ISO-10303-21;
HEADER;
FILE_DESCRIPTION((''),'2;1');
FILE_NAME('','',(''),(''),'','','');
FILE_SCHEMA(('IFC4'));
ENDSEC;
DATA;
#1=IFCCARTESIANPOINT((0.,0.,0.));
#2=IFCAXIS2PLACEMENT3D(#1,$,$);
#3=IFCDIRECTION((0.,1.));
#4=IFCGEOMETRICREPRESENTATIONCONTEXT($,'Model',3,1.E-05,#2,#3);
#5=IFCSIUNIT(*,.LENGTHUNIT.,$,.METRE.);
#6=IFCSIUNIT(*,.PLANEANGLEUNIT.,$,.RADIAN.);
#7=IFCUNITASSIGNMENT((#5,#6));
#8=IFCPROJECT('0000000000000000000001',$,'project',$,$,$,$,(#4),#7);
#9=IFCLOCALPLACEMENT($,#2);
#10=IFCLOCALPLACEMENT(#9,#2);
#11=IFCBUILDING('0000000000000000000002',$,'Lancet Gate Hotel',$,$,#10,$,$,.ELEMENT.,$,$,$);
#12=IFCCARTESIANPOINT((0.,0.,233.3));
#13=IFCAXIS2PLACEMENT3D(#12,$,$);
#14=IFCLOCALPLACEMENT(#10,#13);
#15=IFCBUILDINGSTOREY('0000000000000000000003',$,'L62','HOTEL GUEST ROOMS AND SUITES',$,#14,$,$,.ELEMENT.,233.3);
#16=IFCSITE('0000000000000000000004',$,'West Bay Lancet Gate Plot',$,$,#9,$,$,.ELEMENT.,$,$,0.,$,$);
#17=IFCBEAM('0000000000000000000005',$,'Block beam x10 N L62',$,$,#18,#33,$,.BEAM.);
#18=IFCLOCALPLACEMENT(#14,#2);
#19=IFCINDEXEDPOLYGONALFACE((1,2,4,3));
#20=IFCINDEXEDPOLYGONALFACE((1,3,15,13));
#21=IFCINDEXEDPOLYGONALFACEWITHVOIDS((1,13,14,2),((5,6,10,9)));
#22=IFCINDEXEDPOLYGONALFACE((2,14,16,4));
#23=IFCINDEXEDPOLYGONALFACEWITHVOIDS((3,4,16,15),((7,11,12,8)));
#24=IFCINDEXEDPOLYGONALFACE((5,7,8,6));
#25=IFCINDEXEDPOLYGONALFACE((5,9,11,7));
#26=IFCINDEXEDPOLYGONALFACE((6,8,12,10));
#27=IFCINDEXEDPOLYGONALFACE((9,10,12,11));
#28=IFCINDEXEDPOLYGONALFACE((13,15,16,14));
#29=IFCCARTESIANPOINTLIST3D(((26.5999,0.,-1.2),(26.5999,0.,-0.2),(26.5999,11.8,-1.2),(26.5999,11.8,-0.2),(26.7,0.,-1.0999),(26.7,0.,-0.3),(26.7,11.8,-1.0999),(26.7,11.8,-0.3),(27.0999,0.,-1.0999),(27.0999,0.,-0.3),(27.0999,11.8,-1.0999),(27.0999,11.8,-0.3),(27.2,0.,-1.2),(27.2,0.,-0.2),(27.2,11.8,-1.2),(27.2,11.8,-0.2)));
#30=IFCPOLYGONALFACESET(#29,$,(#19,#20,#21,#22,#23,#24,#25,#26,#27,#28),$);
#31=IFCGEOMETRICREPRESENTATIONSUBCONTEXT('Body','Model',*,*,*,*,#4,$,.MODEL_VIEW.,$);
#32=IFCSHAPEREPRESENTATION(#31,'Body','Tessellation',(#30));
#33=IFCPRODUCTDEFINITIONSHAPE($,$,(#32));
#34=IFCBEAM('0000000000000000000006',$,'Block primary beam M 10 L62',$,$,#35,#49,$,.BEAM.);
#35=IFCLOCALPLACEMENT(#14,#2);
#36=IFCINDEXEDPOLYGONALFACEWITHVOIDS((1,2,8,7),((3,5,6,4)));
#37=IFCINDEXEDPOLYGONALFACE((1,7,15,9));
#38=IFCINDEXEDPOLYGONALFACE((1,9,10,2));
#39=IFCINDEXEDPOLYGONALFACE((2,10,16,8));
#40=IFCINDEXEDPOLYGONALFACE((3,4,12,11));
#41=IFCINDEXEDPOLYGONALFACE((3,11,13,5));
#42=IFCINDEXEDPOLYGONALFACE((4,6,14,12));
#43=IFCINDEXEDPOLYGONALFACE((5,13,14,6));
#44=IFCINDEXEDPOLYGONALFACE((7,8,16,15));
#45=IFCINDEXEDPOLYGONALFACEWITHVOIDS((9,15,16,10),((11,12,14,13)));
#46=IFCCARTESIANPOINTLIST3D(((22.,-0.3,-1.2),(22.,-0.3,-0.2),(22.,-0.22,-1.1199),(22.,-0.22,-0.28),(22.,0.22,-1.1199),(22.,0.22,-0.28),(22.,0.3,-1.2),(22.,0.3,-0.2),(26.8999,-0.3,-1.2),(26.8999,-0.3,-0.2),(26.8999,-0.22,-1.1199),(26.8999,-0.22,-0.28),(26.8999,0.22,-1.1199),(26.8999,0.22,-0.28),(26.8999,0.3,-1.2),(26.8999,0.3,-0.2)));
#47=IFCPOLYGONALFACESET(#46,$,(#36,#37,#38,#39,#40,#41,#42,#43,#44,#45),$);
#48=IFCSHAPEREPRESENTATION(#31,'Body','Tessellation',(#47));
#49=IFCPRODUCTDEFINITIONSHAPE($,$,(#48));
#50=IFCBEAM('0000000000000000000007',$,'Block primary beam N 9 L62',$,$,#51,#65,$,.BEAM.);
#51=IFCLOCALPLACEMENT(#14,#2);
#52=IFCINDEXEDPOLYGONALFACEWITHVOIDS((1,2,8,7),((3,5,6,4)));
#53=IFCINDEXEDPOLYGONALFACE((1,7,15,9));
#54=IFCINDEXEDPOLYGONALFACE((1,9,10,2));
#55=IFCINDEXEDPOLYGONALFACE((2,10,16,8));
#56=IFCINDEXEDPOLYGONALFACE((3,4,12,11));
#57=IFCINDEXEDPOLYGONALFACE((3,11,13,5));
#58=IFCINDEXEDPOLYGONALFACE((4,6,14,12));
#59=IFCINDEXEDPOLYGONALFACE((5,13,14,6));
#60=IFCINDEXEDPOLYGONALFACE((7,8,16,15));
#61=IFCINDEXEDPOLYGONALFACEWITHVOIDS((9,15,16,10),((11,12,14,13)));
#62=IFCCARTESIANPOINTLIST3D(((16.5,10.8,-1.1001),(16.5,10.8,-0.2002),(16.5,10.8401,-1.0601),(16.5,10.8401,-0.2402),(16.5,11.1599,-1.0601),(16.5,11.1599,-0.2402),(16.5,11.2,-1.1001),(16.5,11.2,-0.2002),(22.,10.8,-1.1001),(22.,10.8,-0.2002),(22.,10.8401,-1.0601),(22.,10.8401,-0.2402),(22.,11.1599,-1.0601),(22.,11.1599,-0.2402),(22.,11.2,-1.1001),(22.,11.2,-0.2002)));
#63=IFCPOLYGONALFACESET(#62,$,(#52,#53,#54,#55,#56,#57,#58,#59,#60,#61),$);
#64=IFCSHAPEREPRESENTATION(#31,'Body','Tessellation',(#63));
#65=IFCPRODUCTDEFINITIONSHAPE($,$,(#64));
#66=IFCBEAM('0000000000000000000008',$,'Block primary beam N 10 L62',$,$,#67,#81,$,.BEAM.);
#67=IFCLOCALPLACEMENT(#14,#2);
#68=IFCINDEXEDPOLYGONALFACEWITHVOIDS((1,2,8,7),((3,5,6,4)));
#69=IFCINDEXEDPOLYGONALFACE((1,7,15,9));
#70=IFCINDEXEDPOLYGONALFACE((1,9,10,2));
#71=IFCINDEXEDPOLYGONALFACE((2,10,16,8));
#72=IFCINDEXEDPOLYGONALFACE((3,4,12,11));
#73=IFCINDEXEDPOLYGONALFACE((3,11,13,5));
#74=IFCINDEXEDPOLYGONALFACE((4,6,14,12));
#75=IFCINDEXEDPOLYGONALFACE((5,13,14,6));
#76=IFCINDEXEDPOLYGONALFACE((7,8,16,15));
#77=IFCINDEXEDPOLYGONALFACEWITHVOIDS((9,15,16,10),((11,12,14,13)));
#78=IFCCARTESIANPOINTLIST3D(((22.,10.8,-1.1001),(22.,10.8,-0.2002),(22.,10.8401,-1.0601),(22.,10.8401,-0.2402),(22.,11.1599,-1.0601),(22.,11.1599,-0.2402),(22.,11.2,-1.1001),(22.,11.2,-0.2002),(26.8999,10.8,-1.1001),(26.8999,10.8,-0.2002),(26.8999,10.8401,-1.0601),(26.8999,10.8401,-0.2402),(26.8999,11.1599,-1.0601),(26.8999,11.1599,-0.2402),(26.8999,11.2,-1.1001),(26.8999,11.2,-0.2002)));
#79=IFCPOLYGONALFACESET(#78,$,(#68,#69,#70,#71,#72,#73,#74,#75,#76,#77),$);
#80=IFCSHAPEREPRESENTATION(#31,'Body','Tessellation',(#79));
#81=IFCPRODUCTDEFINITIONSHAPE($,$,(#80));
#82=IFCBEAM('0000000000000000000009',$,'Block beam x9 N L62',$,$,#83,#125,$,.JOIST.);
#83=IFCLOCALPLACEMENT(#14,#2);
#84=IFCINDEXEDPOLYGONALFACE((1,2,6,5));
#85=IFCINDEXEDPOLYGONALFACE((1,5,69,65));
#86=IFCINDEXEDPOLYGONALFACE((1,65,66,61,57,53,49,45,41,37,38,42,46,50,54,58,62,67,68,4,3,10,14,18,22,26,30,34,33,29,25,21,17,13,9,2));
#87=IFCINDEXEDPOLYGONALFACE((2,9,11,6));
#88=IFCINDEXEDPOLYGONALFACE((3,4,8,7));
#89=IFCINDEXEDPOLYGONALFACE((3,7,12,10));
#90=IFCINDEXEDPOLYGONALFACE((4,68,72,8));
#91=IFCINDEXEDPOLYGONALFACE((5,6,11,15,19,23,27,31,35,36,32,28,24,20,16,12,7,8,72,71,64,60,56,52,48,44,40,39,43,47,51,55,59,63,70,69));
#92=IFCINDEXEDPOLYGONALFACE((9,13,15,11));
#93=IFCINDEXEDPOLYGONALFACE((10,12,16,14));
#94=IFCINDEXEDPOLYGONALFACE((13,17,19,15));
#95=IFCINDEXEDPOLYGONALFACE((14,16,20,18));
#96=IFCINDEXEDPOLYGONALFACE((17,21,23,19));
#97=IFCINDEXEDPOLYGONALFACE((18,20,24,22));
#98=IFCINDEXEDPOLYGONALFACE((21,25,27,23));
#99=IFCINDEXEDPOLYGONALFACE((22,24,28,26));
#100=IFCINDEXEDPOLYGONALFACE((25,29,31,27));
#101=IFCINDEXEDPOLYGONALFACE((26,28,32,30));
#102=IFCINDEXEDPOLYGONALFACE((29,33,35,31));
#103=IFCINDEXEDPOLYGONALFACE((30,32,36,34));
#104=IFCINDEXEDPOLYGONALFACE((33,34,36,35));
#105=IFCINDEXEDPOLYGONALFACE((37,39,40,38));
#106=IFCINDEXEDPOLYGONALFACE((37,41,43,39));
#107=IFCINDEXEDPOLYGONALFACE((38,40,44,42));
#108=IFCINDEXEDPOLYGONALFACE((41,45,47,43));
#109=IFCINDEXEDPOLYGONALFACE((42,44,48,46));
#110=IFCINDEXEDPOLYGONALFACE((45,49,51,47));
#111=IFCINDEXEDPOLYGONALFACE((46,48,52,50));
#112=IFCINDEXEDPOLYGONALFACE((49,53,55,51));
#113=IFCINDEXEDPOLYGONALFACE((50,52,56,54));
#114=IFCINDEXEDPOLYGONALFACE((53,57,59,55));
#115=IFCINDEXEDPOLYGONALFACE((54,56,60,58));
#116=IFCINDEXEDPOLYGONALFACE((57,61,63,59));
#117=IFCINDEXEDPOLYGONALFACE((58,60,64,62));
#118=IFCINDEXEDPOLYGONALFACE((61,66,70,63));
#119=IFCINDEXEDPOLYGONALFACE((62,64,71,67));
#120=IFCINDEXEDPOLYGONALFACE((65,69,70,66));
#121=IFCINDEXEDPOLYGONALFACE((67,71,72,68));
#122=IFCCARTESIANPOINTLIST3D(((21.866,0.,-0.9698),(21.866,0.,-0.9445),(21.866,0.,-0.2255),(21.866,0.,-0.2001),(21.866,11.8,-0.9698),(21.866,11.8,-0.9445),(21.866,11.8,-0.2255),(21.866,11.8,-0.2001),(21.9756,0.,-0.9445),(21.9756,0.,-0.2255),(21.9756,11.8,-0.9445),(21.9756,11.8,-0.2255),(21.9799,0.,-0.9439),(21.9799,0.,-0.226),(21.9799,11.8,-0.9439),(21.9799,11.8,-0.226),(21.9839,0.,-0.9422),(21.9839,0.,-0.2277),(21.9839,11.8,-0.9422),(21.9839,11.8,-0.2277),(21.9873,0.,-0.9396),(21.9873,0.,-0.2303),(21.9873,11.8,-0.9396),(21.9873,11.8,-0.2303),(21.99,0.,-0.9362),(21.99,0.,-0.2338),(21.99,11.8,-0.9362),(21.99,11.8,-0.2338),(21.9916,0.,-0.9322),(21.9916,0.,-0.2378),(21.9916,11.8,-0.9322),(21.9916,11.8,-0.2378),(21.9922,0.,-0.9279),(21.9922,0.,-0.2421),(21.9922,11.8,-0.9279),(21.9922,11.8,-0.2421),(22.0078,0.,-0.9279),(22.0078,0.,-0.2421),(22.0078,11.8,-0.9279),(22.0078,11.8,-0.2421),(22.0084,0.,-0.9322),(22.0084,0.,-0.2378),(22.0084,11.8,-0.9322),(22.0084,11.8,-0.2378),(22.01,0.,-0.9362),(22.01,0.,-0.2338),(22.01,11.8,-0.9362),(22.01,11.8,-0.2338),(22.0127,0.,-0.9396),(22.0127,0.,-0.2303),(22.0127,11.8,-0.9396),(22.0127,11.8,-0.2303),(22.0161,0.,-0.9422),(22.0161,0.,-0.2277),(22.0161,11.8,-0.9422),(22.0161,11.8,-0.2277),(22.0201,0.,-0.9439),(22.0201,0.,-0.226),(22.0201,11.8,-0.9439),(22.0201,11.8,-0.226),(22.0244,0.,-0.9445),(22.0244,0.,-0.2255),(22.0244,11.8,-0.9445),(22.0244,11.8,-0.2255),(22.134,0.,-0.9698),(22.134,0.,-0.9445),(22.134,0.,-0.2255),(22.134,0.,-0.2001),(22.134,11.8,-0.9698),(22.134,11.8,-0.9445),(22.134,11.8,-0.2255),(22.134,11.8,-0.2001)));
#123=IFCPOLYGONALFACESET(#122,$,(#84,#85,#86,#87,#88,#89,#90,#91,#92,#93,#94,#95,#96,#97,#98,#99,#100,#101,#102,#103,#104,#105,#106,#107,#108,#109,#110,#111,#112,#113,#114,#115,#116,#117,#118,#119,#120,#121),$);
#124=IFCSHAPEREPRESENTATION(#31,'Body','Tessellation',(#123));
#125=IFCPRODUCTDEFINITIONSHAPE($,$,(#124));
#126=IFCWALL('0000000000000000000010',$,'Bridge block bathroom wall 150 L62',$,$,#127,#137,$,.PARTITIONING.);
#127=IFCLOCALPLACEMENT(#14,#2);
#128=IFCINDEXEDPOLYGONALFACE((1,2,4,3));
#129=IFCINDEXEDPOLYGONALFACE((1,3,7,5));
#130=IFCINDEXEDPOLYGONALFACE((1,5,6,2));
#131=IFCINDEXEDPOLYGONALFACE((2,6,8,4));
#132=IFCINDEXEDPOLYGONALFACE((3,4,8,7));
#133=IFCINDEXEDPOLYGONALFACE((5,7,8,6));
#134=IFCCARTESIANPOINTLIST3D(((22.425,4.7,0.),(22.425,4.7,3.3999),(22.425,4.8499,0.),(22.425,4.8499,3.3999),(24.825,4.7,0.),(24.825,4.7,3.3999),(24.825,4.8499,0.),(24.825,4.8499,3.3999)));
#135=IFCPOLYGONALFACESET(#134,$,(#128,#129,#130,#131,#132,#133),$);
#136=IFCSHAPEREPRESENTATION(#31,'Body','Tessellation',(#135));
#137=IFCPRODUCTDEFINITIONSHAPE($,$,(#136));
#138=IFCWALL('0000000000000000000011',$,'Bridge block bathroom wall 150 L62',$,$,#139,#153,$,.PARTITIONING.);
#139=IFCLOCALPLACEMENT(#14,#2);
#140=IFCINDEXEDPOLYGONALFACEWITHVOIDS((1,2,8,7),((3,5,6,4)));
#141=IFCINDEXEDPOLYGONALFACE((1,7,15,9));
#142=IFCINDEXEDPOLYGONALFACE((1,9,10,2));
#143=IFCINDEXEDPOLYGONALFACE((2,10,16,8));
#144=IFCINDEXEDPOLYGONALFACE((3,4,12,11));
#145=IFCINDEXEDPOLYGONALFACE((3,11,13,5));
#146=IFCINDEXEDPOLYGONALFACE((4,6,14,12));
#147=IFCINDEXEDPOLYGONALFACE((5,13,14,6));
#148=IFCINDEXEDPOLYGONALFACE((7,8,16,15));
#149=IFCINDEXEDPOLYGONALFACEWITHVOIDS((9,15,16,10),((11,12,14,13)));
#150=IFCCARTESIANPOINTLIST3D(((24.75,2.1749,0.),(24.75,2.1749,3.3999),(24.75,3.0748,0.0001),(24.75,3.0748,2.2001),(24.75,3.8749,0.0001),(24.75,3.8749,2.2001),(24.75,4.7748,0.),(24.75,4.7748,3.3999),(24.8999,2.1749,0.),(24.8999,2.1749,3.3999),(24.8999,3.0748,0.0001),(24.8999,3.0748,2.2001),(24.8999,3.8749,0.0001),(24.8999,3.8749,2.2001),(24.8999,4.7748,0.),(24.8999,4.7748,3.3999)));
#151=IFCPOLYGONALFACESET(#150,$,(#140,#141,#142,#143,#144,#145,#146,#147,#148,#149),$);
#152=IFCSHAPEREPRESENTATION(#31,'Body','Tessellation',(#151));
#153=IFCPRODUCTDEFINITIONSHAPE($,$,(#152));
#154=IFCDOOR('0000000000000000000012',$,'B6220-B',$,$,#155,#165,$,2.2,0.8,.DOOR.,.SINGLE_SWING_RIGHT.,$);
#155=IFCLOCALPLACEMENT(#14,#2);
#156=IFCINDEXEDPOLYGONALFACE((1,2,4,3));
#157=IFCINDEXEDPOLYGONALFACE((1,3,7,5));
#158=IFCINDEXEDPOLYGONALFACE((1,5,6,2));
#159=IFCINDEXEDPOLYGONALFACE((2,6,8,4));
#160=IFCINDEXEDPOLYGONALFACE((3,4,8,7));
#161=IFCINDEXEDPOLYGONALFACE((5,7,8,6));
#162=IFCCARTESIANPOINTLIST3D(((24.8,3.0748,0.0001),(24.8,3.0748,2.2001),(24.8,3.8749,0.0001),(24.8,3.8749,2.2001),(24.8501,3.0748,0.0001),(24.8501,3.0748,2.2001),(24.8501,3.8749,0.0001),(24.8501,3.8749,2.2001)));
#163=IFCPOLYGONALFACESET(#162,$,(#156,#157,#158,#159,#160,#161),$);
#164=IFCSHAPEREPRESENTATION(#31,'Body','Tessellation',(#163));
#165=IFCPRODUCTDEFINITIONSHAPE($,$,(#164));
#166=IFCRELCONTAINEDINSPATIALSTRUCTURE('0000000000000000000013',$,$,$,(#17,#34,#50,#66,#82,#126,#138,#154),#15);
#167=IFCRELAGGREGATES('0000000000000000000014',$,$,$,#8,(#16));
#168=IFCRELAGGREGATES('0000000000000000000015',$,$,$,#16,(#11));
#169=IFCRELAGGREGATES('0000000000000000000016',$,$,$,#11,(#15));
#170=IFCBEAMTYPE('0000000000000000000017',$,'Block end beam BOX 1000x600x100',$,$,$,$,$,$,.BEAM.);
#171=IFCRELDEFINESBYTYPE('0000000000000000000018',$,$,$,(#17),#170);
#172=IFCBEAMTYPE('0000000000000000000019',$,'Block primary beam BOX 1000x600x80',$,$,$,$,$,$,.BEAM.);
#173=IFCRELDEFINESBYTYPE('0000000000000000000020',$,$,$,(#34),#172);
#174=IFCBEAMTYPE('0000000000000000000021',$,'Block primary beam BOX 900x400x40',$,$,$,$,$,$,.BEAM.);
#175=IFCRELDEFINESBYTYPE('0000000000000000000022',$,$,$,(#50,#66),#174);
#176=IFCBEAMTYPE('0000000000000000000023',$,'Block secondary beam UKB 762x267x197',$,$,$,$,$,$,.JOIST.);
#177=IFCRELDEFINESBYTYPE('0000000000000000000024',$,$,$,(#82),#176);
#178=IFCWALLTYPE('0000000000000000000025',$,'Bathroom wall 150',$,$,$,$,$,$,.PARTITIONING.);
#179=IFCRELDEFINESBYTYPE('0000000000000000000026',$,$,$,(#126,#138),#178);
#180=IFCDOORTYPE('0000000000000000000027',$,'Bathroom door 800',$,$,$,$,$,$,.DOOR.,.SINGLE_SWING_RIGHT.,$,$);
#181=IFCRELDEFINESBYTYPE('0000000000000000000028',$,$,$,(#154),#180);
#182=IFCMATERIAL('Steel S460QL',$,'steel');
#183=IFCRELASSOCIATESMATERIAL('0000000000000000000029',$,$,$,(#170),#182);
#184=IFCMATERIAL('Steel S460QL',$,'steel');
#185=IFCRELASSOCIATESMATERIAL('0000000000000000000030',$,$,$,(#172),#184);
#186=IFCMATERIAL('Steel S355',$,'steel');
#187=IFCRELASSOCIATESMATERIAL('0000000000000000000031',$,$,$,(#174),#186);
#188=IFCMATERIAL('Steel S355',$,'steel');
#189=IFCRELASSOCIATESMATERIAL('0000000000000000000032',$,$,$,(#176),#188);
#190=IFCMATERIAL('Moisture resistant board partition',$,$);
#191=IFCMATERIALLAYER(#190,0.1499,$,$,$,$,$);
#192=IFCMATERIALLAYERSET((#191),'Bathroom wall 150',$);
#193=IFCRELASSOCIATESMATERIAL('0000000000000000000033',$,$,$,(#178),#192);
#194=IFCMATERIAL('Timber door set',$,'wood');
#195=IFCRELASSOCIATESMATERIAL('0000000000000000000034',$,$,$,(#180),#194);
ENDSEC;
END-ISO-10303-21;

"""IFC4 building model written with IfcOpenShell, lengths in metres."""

from ifc_helpers import new_model, si_unit, direction, frame, frame_2d, origin, origin_2d, place, context, subcontext, project, spatial, rectangle, hollow_rectangle, i_section, extrude, material, layer, layer_set, material_profile, profile_set, type_object, element, fill, save


model = new_model("IFC4")

# Units and contexts
model_context = context("Model", 3, precision=1e-05, world=origin(), true_north=direction((0.0, 1.0)))
body_context = subcontext(model_context, "Body", "Model", "MODEL_VIEW")
ifc_project = project(units=[si_unit("LENGTHUNIT", "METRE"), si_unit("PLANEANGLEUNIT", "RADIAN")], contexts=[model_context])

# Site, building, storey
site_placement = place(None, origin())
site = spatial("IfcSite", under=ifc_project, at=site_placement, Name="West Bay Lancet Gate Plot", CompositionType="ELEMENT", RefElevation=0.0)
building_placement = place(site_placement, origin())
building = spatial("IfcBuilding", under=site, at=building_placement, Name="Lancet Gate Hotel", CompositionType="ELEMENT")
storey_placement = place(building_placement, frame((0.0, 0.0, 233.3)))
storey = spatial("IfcBuildingStorey", under=building, at=storey_placement, Name="L62", Description="HOTEL GUEST ROOMS AND SUITES", CompositionType="ELEMENT", Elevation=233.3)

# Beams
ifc_material_1 = material(Name="Steel S460QL", Category="steel")
ifc_material_profile_1 = material_profile(ifc_material_1, hollow_rectangle(XDim=0.6001, YDim=1.0, WallThickness=0.1001, at=origin_2d()), Name="BOX 1000x600x100")
ifc_profile_set_1 = profile_set([ifc_material_profile_1], Name="Steel S460QL")
beam_type_1 = type_object("IfcBeamType", Name="Block end beam BOX 1000x600x100", PredefinedType="BEAM", material=ifc_profile_set_1)
beam_1_placement = place(storey_placement, frame((26.8999, 0.0, -0.7), z_axis=(0.0, 1.0, 0.0), x_axis=(-1.0, 0.0, 0.0)))
element("IfcBeam", 1, at=beam_1_placement, inside=storey, type_object=beam_type_1, Name="Block beam x10 N L62", PredefinedType="BEAM", context=body_context, shape_type="SweptSolid", body=[
    extrude(hollow_rectangle(XDim=0.6001, YDim=1.0, WallThickness=0.1001, at=origin_2d()), origin(), (0.0, 0.0, 1.0), 11.8),
])
ifc_material_2 = material(Name="Steel S460QL", Category="steel")
ifc_material_profile_2 = material_profile(ifc_material_2, hollow_rectangle(XDim=0.6001, YDim=1.0, WallThickness=0.0801, at=origin_2d()), Name="BOX 1000x600x80")
ifc_profile_set_2 = profile_set([ifc_material_profile_2], Name="Steel S460QL")
beam_type_2 = type_object("IfcBeamType", Name="Block primary beam BOX 1000x600x80", PredefinedType="BEAM", material=ifc_profile_set_2)
beam_2_placement = place(storey_placement, frame((22.0, 0.0, -0.7), z_axis=(1.0, 0.0, 0.0), x_axis=(0.0, 1.0, 0.0)))
element("IfcBeam", 2, at=beam_2_placement, inside=storey, type_object=beam_type_2, Name="Block primary beam M 10 L62", PredefinedType="BEAM", context=body_context, shape_type="SweptSolid", body=[
    extrude(hollow_rectangle(XDim=0.6001, YDim=1.0, WallThickness=0.0801, at=origin_2d()), origin(), (0.0, 0.0, 1.0), 4.8999),
])
ifc_material_3 = material(Name="Steel S355", Category="steel")
ifc_material_profile_3 = material_profile(ifc_material_3, hollow_rectangle(XDim=0.3999, YDim=0.8999, WallThickness=0.04, at=origin_2d()), Name="BOX 900x400x40")
ifc_profile_set_3 = profile_set([ifc_material_profile_3], Name="Steel S355")
beam_type_3 = type_object("IfcBeamType", Name="Block primary beam BOX 900x400x40", PredefinedType="BEAM", material=ifc_profile_set_3)
beam_3_placement = place(storey_placement, frame((16.5, 11.0, -0.6501), z_axis=(1.0, 0.0, 0.0), x_axis=(0.0, 1.0, 0.0)))
element("IfcBeam", 3, at=beam_3_placement, inside=storey, type_object=beam_type_3, Name="Block primary beam N 9 L62", PredefinedType="BEAM", context=body_context, shape_type="SweptSolid", body=[
    extrude(hollow_rectangle(XDim=0.3999, YDim=0.8999, WallThickness=0.04, at=origin_2d()), origin(), (0.0, 0.0, 1.0), 5.5),
])
beam_4_placement = place(storey_placement, frame((22.0, 11.0, -0.6501), z_axis=(1.0, 0.0, 0.0), x_axis=(0.0, 1.0, 0.0)))
element("IfcBeam", 4, at=beam_4_placement, inside=storey, type_object=beam_type_3, Name="Block primary beam N 10 L62", PredefinedType="BEAM", context=body_context, shape_type="SweptSolid", body=[
    extrude(hollow_rectangle(XDim=0.3999, YDim=0.8999, WallThickness=0.04, at=origin_2d()), origin(), (0.0, 0.0, 1.0), 4.8999),
])
ifc_material_4 = material(Name="Steel S355", Category="steel")
ifc_material_profile_4 = material_profile(ifc_material_4, i_section(OverallWidth=0.2681, OverallDepth=0.7698, WebThickness=0.0156, FlangeThickness=0.0254, FilletRadius=0.0166, at=origin_2d()), Name="UKB 762x267x197")
ifc_profile_set_4 = profile_set([ifc_material_profile_4], Name="Steel S355")
beam_type_4 = type_object("IfcBeamType", Name="Block secondary beam UKB 762x267x197", PredefinedType="JOIST", material=ifc_profile_set_4)
beam_5_placement = place(storey_placement, frame((22.0, 0.0, -0.585), z_axis=(0.0, 1.0, 0.0), x_axis=(-1.0, 0.0, 0.0)))
element("IfcBeam", 5, at=beam_5_placement, inside=storey, type_object=beam_type_4, Name="Block beam x9 N L62", PredefinedType="JOIST", context=body_context, shape_type="SweptSolid", body=[
    extrude(i_section(OverallWidth=0.2681, OverallDepth=0.7698, WebThickness=0.0156, FlangeThickness=0.0254, FilletRadius=0.0166, at=origin_2d()), origin(), (0.0, 0.0, 1.0), 11.8),
])

# Wall
ifc_material_5 = material(Name="Moisture resistant board partition")
ifc_layer_1 = layer(ifc_material_5, 0.1499)
ifc_layer_set_1 = layer_set([ifc_layer_1], Name="Bathroom wall 150")
wall_type_1 = type_object("IfcWallType", Name="Bathroom wall 150", PredefinedType="PARTITIONING", material=ifc_layer_set_1)
wall_1_placement = place(storey_placement, frame((22.425, 4.7749, 0.0), z_axis=(0.0, 0.0, 1.0), x_axis=(1.0, 0.0, 0.0)))
element("IfcWall", 6, at=wall_1_placement, inside=storey, type_object=wall_type_1, Name="Bridge block bathroom wall 150 L62", PredefinedType="PARTITIONING", context=body_context, shape_type="SweptSolid", body=[
    extrude(rectangle(XDim=2.3999, YDim=0.1499, at=frame_2d((1.2, 0.0))), origin(), (0.0, 0.0, 1.0), 3.3999),
])

# Wall, opening, door
wall_2_placement = place(storey_placement, frame((24.825, 2.175, 0.0), z_axis=(0.0, 0.0, 1.0), x_axis=(0.0, 1.0, 0.0)))
wall_2 = element("IfcWall", 7, at=wall_2_placement, inside=storey, type_object=wall_type_1, Name="Bridge block bathroom wall 150 L62", PredefinedType="PARTITIONING", context=body_context, shape_type="SweptSolid", body=[
    extrude(rectangle(XDim=2.5999, YDim=0.1499, at=frame_2d((1.2998, 0.0))), origin(), (0.0, 0.0, 1.0), 3.3999),
])
opening_1_placement = place(wall_2_placement, frame((0.8999, 0.0, 0.0)))
opening_1 = element("IfcOpeningElement", 8, at=opening_1_placement, cuts=wall_2, PredefinedType="OPENING", context=body_context, shape_type="SweptSolid", body=[
    extrude(rectangle(XDim=0.8, YDim=2.2, at=frame_2d((0.3999, 1.1001))), frame((0.0, 0.085, 0.0), z_axis=(0.0, -1.0, 0.0), x_axis=(1.0, 0.0, 0.0)), (0.0, 0.0, 1.0), 0.1699),
])
ifc_material_6 = material(Name="Timber door set", Category="wood")
door_type_1 = type_object("IfcDoorType", Name="Bathroom door 800", OperationType="SINGLE_SWING_RIGHT", PredefinedType="DOOR", material=ifc_material_6)
door_1_placement = place(opening_1_placement, origin())
door_1 = element("IfcDoor", 9, at=door_1_placement, inside=storey, type_object=door_type_1, Name="B6220-B", OperationType="SINGLE_SWING_RIGHT", OverallHeight=2.2, OverallWidth=0.8, PredefinedType="DOOR", context=body_context, shape_type="SweptSolid", body=[
    extrude(rectangle(XDim=0.8, YDim=2.2, at=frame_2d((0.3999, 1.1001))), frame((0.0, 0.0249, 0.0), z_axis=(0.0, -1.0, 0.0), x_axis=(1.0, 0.0, 0.0)), (0.0, 0.0, 1.0), 0.05),
])
fill(opening_1, door_1)

save(model, "model.ifc")
